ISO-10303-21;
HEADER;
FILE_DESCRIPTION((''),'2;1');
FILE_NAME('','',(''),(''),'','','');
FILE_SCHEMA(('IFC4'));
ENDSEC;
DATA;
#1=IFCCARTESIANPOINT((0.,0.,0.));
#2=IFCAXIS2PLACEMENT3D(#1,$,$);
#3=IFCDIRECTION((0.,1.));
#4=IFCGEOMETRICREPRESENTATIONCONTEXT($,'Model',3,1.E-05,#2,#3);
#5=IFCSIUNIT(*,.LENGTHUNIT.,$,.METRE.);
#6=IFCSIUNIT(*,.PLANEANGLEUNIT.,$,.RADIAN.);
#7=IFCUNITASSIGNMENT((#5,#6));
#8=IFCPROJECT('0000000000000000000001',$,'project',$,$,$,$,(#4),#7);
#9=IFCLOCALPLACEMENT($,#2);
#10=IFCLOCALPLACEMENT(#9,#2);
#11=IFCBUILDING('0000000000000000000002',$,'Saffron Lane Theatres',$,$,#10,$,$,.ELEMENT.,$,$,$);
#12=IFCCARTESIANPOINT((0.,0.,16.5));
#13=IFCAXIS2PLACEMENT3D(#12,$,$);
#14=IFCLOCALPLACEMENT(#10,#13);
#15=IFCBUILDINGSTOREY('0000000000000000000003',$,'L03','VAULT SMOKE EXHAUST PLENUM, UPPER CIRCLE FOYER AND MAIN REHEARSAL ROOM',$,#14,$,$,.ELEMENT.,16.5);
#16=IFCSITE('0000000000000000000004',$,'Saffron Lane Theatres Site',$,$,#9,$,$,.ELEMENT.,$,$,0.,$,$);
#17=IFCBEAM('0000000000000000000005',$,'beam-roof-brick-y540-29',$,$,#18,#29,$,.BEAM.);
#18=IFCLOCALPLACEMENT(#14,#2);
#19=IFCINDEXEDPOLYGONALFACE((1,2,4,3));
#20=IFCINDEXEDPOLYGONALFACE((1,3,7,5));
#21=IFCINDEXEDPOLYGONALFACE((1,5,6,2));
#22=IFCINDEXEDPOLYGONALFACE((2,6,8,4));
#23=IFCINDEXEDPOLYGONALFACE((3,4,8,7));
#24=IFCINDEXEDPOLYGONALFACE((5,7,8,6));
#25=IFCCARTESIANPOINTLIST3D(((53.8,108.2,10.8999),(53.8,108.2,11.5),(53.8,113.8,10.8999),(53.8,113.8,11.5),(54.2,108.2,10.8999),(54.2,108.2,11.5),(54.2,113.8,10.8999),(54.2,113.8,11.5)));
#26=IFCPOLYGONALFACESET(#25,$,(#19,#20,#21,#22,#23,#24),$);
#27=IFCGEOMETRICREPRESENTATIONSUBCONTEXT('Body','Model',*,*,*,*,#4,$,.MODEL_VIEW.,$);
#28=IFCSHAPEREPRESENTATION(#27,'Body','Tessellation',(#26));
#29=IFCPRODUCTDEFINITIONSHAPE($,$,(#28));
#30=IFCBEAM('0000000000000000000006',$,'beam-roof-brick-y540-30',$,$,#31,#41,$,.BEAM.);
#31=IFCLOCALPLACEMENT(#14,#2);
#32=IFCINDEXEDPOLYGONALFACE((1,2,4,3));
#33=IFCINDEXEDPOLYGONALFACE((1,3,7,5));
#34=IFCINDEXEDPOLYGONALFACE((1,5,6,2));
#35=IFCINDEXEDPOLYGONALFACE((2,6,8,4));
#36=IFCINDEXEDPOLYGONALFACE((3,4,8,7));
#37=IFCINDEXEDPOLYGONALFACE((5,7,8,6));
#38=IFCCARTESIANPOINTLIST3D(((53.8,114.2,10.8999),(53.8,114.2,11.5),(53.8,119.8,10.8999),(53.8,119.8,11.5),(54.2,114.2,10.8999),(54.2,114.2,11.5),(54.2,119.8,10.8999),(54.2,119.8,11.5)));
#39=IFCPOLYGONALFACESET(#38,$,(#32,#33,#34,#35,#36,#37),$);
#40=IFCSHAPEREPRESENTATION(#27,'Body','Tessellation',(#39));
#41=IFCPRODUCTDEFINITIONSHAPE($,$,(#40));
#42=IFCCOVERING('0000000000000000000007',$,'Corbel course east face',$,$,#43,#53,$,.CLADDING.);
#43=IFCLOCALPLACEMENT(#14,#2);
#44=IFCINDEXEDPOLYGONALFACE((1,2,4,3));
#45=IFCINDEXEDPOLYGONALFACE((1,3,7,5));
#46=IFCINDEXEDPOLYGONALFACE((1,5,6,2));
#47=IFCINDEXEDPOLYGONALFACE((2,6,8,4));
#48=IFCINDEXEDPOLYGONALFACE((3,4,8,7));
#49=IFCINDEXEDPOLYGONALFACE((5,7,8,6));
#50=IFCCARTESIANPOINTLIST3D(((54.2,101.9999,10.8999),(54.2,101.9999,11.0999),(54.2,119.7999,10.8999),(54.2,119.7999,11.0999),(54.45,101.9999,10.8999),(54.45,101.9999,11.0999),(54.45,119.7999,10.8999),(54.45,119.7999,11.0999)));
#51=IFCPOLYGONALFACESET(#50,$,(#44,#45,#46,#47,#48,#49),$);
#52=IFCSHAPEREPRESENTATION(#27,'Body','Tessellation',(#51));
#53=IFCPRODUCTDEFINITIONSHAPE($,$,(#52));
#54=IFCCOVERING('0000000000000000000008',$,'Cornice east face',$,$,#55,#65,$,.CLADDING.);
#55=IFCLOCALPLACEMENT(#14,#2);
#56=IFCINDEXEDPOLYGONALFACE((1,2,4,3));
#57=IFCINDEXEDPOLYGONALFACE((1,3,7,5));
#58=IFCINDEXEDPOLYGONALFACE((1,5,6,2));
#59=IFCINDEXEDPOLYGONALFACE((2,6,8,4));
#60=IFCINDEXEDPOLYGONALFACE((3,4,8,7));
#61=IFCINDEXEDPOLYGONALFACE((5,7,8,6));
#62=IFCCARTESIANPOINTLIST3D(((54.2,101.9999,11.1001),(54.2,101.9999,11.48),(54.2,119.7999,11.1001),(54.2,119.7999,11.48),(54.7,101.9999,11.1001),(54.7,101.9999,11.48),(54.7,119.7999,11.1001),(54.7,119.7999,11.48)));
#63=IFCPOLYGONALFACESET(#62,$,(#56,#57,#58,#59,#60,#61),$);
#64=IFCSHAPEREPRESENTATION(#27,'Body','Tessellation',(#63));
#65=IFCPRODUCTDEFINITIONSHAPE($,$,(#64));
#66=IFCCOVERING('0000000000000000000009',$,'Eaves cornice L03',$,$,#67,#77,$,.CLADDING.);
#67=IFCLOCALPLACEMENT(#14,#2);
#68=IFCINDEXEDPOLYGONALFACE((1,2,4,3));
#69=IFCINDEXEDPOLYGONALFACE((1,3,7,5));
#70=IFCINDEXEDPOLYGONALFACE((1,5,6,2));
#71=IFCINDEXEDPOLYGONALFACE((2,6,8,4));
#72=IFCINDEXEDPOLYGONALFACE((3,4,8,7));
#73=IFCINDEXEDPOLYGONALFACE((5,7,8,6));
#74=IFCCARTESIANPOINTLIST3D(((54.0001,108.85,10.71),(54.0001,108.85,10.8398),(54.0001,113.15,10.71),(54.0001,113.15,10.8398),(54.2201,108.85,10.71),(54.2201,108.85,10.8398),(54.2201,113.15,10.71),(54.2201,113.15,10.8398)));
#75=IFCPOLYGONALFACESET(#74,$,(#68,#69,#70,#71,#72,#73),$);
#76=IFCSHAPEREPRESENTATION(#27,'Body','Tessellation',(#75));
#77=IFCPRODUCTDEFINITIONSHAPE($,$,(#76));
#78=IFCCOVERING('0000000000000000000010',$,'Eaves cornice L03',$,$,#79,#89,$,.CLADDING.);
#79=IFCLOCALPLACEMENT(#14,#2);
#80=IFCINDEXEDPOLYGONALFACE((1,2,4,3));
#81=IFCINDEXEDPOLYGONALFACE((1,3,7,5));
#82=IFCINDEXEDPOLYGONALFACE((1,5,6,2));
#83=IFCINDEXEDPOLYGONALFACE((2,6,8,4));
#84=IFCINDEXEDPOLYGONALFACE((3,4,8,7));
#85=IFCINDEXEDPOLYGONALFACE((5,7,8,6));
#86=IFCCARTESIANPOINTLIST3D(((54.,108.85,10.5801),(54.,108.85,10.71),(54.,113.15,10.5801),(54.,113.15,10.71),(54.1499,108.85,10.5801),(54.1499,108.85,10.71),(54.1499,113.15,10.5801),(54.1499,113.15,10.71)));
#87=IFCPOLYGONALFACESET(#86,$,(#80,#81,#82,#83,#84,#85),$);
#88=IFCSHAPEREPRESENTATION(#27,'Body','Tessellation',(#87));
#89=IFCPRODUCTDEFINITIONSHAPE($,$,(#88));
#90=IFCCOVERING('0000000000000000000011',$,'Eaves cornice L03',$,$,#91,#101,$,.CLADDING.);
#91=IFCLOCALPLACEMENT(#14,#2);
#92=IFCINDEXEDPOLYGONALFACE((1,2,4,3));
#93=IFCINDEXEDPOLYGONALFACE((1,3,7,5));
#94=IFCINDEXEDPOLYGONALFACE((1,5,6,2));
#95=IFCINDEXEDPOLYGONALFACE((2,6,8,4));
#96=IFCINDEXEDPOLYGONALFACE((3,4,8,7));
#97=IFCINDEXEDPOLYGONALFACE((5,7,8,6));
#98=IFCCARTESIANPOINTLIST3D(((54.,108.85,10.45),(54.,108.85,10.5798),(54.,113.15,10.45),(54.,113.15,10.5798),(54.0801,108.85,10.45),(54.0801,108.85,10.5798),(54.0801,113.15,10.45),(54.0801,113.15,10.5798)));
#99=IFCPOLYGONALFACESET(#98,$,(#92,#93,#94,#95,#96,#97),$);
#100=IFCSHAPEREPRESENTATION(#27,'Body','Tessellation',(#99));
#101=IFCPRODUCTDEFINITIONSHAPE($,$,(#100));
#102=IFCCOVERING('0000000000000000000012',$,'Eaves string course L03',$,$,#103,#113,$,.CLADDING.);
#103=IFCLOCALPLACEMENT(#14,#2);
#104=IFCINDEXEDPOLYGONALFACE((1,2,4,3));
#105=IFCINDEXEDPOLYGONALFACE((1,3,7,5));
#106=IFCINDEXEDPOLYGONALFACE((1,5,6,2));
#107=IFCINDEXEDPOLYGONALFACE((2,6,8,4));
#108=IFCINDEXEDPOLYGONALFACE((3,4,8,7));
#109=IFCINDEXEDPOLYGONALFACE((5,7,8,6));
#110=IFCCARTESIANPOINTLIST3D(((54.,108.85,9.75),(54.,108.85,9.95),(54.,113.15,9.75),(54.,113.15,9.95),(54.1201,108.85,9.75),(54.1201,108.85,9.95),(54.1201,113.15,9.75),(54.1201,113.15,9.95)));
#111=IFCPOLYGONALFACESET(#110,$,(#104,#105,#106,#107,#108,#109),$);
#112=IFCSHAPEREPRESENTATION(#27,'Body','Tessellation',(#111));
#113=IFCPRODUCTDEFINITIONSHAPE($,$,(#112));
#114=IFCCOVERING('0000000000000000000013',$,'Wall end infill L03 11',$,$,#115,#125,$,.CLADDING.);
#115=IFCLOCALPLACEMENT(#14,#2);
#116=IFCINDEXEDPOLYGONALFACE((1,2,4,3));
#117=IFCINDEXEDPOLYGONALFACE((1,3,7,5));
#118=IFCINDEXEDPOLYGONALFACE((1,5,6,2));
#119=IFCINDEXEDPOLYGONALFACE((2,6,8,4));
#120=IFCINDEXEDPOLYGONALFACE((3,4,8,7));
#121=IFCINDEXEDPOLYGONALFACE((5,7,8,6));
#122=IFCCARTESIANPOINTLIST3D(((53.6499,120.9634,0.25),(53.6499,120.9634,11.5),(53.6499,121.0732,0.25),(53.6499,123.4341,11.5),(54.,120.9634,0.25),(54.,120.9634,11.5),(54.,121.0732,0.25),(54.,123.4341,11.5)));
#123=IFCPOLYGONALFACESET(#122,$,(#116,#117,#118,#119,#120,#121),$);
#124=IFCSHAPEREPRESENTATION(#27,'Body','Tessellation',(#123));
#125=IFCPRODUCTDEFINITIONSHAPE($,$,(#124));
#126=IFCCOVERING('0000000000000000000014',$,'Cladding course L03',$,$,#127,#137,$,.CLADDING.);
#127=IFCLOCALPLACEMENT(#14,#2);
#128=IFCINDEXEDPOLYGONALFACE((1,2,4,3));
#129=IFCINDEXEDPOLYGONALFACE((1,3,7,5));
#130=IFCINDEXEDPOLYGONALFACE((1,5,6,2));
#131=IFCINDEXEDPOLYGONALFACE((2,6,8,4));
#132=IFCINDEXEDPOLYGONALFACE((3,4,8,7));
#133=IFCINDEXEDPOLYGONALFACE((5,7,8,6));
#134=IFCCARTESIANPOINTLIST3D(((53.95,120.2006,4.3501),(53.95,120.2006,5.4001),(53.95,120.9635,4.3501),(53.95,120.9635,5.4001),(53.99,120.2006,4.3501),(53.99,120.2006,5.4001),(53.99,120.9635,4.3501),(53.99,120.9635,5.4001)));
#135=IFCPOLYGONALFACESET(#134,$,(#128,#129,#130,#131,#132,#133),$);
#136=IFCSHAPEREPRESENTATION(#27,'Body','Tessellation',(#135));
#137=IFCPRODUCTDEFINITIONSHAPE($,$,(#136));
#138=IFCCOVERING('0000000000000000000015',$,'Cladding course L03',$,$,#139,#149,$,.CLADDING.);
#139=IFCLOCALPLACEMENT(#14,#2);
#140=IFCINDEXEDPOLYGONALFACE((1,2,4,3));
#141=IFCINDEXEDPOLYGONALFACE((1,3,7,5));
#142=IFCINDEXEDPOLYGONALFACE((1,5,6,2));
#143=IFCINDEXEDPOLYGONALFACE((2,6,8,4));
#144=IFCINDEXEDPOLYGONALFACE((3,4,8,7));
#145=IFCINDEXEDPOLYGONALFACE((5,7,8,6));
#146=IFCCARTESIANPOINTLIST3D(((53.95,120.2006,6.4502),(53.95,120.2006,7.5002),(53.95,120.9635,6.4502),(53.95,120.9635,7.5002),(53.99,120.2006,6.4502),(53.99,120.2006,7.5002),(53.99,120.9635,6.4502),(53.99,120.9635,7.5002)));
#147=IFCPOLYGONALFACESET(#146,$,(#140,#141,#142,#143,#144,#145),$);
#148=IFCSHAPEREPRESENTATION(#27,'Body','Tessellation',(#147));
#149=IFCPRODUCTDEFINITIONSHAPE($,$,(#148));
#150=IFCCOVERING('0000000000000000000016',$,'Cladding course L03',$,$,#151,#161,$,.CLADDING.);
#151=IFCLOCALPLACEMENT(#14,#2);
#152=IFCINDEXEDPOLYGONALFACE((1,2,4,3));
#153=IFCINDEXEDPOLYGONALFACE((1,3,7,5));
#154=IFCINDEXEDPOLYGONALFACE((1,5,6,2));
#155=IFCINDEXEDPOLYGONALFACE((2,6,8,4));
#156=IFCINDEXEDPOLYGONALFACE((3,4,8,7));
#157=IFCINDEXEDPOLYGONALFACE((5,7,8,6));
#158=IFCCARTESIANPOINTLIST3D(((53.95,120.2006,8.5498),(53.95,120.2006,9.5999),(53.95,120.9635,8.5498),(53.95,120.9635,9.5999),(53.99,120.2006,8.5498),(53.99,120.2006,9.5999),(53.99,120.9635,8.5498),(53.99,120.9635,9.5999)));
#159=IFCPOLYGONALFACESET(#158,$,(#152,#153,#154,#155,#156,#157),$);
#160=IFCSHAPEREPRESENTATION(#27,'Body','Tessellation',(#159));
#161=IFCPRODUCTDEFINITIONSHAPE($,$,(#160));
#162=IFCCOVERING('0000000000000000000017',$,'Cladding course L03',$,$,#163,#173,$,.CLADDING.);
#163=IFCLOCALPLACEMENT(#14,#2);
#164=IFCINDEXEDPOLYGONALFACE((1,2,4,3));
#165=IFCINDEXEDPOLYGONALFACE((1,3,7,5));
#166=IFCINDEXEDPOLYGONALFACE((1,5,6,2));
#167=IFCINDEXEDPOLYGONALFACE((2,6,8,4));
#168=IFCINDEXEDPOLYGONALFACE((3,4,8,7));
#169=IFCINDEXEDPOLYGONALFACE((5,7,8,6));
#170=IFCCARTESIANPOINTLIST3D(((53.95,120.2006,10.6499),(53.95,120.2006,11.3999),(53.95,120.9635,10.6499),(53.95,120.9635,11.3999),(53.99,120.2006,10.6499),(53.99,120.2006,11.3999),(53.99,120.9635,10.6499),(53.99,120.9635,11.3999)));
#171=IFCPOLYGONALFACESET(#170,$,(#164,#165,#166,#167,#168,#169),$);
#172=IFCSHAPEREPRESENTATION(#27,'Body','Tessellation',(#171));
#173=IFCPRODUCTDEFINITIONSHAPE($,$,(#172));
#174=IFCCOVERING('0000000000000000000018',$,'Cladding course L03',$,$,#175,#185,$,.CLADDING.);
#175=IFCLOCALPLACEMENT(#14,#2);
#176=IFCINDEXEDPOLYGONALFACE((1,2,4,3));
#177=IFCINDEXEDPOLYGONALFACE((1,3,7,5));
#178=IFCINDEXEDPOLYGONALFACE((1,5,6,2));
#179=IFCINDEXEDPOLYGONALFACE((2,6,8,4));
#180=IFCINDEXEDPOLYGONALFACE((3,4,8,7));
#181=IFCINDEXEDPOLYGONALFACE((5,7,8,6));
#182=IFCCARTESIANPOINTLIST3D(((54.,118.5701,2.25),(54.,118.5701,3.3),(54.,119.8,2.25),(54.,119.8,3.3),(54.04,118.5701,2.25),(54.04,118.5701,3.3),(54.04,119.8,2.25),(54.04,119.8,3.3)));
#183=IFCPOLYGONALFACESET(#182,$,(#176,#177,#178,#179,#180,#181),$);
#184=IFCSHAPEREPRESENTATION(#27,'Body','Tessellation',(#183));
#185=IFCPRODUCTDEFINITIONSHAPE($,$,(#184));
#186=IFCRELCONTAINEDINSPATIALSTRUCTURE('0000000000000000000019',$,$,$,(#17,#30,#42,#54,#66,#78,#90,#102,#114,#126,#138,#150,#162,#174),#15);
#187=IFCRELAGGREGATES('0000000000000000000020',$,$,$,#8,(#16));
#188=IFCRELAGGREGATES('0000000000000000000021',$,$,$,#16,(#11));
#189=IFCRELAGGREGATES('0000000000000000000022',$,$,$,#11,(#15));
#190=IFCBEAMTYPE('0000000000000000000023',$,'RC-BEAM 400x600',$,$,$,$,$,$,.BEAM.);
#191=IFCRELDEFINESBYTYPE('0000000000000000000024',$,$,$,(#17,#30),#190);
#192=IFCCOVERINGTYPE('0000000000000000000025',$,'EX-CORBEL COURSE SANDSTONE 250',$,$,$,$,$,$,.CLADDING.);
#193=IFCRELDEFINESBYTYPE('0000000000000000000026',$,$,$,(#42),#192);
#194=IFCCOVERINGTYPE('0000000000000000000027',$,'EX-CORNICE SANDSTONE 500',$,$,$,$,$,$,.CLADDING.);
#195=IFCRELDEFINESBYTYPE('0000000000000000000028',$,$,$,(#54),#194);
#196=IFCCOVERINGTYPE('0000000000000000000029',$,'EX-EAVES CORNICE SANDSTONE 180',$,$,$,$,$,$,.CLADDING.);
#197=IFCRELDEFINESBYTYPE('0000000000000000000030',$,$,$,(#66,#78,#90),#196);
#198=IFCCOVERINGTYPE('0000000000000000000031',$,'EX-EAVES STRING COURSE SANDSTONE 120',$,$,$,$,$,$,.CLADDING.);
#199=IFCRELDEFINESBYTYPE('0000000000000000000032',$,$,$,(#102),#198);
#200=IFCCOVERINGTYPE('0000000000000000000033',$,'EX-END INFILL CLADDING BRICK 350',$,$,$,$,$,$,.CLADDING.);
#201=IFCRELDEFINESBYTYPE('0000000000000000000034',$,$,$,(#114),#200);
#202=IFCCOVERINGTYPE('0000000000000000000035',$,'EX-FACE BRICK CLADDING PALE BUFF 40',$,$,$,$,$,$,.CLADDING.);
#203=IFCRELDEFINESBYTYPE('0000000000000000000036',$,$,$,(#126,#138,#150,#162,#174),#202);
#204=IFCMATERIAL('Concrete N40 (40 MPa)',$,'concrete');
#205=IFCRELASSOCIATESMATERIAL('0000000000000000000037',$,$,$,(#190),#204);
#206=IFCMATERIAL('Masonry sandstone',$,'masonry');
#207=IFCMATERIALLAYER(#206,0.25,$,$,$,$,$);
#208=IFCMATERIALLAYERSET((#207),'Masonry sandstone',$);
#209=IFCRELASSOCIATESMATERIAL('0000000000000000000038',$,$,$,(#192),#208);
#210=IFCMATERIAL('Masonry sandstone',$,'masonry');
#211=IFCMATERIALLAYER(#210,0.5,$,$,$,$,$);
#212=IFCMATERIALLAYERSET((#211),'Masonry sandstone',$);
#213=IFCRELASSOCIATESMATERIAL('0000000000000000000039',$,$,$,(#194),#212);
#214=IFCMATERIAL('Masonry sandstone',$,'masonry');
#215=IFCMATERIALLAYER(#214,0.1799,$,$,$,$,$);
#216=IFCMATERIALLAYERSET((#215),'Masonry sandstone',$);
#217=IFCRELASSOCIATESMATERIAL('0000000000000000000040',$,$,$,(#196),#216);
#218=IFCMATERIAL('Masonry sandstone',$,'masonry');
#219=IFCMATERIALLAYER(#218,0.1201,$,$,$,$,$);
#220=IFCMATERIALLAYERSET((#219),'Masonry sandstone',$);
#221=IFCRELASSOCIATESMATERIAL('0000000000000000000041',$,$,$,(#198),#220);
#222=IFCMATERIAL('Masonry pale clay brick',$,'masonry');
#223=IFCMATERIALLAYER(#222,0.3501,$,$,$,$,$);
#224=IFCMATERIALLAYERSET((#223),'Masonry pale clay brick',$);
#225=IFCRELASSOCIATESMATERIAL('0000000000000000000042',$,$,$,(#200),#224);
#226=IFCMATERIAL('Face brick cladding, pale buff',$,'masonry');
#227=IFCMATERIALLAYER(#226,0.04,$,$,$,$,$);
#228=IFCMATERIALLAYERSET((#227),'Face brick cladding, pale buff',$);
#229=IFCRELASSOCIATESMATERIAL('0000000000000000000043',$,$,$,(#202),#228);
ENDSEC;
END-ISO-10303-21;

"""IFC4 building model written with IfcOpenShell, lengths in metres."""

from ifc_helpers import new_model, si_unit, direction, frame, origin, origin_2d, place, context, subcontext, project, spatial, polyline, rectangle, outline, extrude, material, layer, layer_set, material_profile, profile_set, type_object, element, save


model = new_model("IFC4")

# Units and contexts
model_context = context("Model", 3, precision=1e-05, world=origin(), true_north=direction((0.0, 1.0)))
body_context = subcontext(model_context, "Body", "Model", "MODEL_VIEW")
ifc_project = project(units=[si_unit("LENGTHUNIT", "METRE"), si_unit("PLANEANGLEUNIT", "RADIAN")], contexts=[model_context])

# Site, building, storey
site_placement = place(None, origin())
site = spatial("IfcSite", under=ifc_project, at=site_placement, Name="Saffron Lane Theatres Site", CompositionType="ELEMENT", RefElevation=0.0)
building_placement = place(site_placement, origin())
building = spatial("IfcBuilding", under=site, at=building_placement, Name="Saffron Lane Theatres", CompositionType="ELEMENT")
storey_placement = place(building_placement, frame((0.0, 0.0, 16.5)))
storey = spatial("IfcBuildingStorey", under=building, at=storey_placement, Name="L03", Description="VAULT SMOKE EXHAUST PLENUM, UPPER CIRCLE FOYER AND MAIN REHEARSAL ROOM", CompositionType="ELEMENT", Elevation=16.5)

# Beams
ifc_material_1 = material(Name="Concrete N40 (40 MPa)", Category="concrete")
ifc_material_profile = material_profile(ifc_material_1, rectangle(XDim=0.3999, YDim=0.6001, at=origin_2d()))
ifc_profile_set = profile_set([ifc_material_profile], Name="Concrete N40 (40 MPa)")
beam_type = type_object("IfcBeamType", Name="RC-BEAM 400x600", PredefinedType="BEAM", material=ifc_profile_set)
for number, where, z_axis, x_axis, name in (
    (1, (54.0, 108.2, 11.2), (0.0, 1.0, 0.0), (-1.0, 0.0, 0.0), "beam-roof-brick-y540-29"),
    (2, (54.0, 114.2, 11.2), (0.0, 1.0, 0.0), (-1.0, 0.0, 0.0), "beam-roof-brick-y540-30"),
):
    element("IfcBeam", number, at=place(storey_placement, frame(where, z_axis=z_axis, x_axis=x_axis)), inside=storey, type_object=beam_type, Name=name, PredefinedType="BEAM", context=body_context, shape_type="SweptSolid", body=[
        extrude(rectangle(XDim=0.3999, YDim=0.6001, at=origin_2d()), origin(), (0.0, 0.0, 1.0), 5.6001),
    ])

# Coverings
ifc_material_2 = material(Name="Masonry sandstone", Category="masonry")
ifc_layer_1 = layer(ifc_material_2, 0.25)
ifc_layer_set_1 = layer_set([ifc_layer_1], Name="Masonry sandstone")
covering_type_1 = type_object("IfcCoveringType", Name="EX-CORBEL COURSE SANDSTONE 250", PredefinedType="CLADDING", material=ifc_layer_set_1)
covering_1_placement = place(storey_placement, frame((54.325, 110.8999, 10.8999), z_axis=(0.0, 0.0, 1.0), x_axis=(0.0, 1.0, 0.0)))
element("IfcCovering", 3, at=covering_1_placement, inside=storey, type_object=covering_type_1, Name="Corbel course east face", PredefinedType="CLADDING", context=body_context, shape_type="SweptSolid", body=[
    extrude(rectangle(XDim=17.8, YDim=0.25, at=origin_2d()), origin(), (0.0, 0.0, 1.0), 0.2),
])
ifc_material_3 = material(Name="Masonry sandstone", Category="masonry")
ifc_layer_2 = layer(ifc_material_3, 0.5)
ifc_layer_set_2 = layer_set([ifc_layer_2], Name="Masonry sandstone")
covering_type_2 = type_object("IfcCoveringType", Name="EX-CORNICE SANDSTONE 500", PredefinedType="CLADDING", material=ifc_layer_set_2)
covering_2_placement = place(storey_placement, frame((54.45, 110.8999, 11.1001), z_axis=(0.0, 0.0, 1.0), x_axis=(0.0, 1.0, 0.0)))
element("IfcCovering", 4, at=covering_2_placement, inside=storey, type_object=covering_type_2, Name="Cornice east face", PredefinedType="CLADDING", context=body_context, shape_type="SweptSolid", body=[
    extrude(rectangle(XDim=17.8, YDim=0.5, at=origin_2d()), origin(), (0.0, 0.0, 1.0), 0.3799),
])
ifc_material_4 = material(Name="Masonry sandstone", Category="masonry")
ifc_layer_3 = layer(ifc_material_4, 0.1799)
ifc_layer_set_3 = layer_set([ifc_layer_3], Name="Masonry sandstone")
covering_type_3 = type_object("IfcCoveringType", Name="EX-EAVES CORNICE SANDSTONE 180", PredefinedType="CLADDING", material=ifc_layer_set_3)
covering_3_placement = place(storey_placement, frame((54.1101, 111.0, 10.71), z_axis=(0.0, 0.0, 1.0), x_axis=(0.0, -1.0, 0.0)))
element("IfcCovering", 5, at=covering_3_placement, inside=storey, type_object=covering_type_3, Name="Eaves cornice L03", PredefinedType="CLADDING", context=body_context, shape_type="SweptSolid", body=[
    extrude(rectangle(XDim=4.3, YDim=0.22, at=origin_2d()), origin(), (0.0, 0.0, 1.0), 0.1299),
])
covering_4_placement = place(storey_placement, frame((54.075, 111.0, 10.5801), z_axis=(0.0, 0.0, 1.0), x_axis=(0.0, -1.0, 0.0)))
element("IfcCovering", 6, at=covering_4_placement, inside=storey, type_object=covering_type_3, Name="Eaves cornice L03", PredefinedType="CLADDING", context=body_context, shape_type="SweptSolid", body=[
    extrude(rectangle(XDim=4.3, YDim=0.1499, at=origin_2d()), origin(), (0.0, 0.0, 1.0), 0.1299),
])
covering_5_placement = place(storey_placement, frame((54.04, 111.0, 10.45), z_axis=(0.0, 0.0, 1.0), x_axis=(0.0, -1.0, 0.0)))
element("IfcCovering", 7, at=covering_5_placement, inside=storey, type_object=covering_type_3, Name="Eaves cornice L03", PredefinedType="CLADDING", context=body_context, shape_type="SweptSolid", body=[
    extrude(rectangle(XDim=4.3, YDim=0.0801, at=origin_2d()), origin(), (0.0, 0.0, 1.0), 0.1299),
])
ifc_material_5 = material(Name="Masonry sandstone", Category="masonry")
ifc_layer_4 = layer(ifc_material_5, 0.1201)
ifc_layer_set_4 = layer_set([ifc_layer_4], Name="Masonry sandstone")
covering_type_4 = type_object("IfcCoveringType", Name="EX-EAVES STRING COURSE SANDSTONE 120", PredefinedType="CLADDING", material=ifc_layer_set_4)
covering_6_placement = place(storey_placement, frame((54.0601, 111.0, 9.75), z_axis=(0.0, 0.0, 1.0), x_axis=(0.0, -1.0, 0.0)))
element("IfcCovering", 8, at=covering_6_placement, inside=storey, type_object=covering_type_4, Name="Eaves string course L03", PredefinedType="CLADDING", context=body_context, shape_type="SweptSolid", body=[
    extrude(rectangle(XDim=4.3, YDim=0.1201, at=origin_2d()), origin(), (0.0, 0.0, 1.0), 0.2),
])
ifc_material_6 = material(Name="Masonry pale clay brick", Category="masonry")
ifc_layer_5 = layer(ifc_material_6, 0.3501)
ifc_layer_set_5 = layer_set([ifc_layer_5], Name="Masonry pale clay brick")
covering_type_5 = type_object("IfcCoveringType", Name="EX-END INFILL CLADDING BRICK 350", PredefinedType="CLADDING", material=ifc_layer_set_5)
covering_7_placement = place(storey_placement, frame((54.0, 120.9634, 11.5), z_axis=(1.0, 0.0, 0.0), x_axis=(0.0, 0.0, -1.0)))
element("IfcCovering", 9, at=covering_7_placement, inside=storey, type_object=covering_type_5, Name="Wall end infill L03 11", PredefinedType="CLADDING", context=body_context, shape_type="SweptSolid", body=[
    extrude(outline(polyline([(0.0, 0.0), (11.25, 0.0), (11.25, 0.1099), (0.0, 2.4707), (0.0, 0.0)])), origin(), (0.0, 0.0, -1.0), 0.3501),
])
ifc_material_7 = material(Name="Face brick cladding, pale buff", Category="masonry")
ifc_layer_6 = layer(ifc_material_7, 0.04)
ifc_layer_set_6 = layer_set([ifc_layer_6], Name="Face brick cladding, pale buff")
covering_type_6 = type_object("IfcCoveringType", Name="EX-FACE BRICK CLADDING PALE BUFF 40", PredefinedType="CLADDING", material=ifc_layer_set_6)
for number, where, z_axis, x_axis, name in (
    (10, (53.97, 120.582, 4.3501), (0.0, 0.0, 1.0), (0.0, -1.0, 0.0), "Cladding course L03"),
    (11, (53.97, 120.582, 6.4502), (0.0, 0.0, 1.0), (0.0, -1.0, 0.0), "Cladding course L03"),
    (12, (53.97, 120.582, 8.5498), (0.0, 0.0, 1.0), (0.0, -1.0, 0.0), "Cladding course L03"),
):
    element("IfcCovering", number, at=place(storey_placement, frame(where, z_axis=z_axis, x_axis=x_axis)), inside=storey, type_object=covering_type_6, Name=name, PredefinedType="CLADDING", context=body_context, shape_type="SweptSolid", body=[
        extrude(rectangle(XDim=0.7629, YDim=0.04, at=origin_2d()), origin(), (0.0, 0.0, 1.0), 1.05),
    ])
covering_8_placement = place(storey_placement, frame((53.97, 120.582, 10.6499), z_axis=(0.0, 0.0, 1.0), x_axis=(0.0, -1.0, 0.0)))
element("IfcCovering", 13, at=covering_8_placement, inside=storey, type_object=covering_type_6, Name="Cladding course L03", PredefinedType="CLADDING", context=body_context, shape_type="SweptSolid", body=[
    extrude(rectangle(XDim=0.7629, YDim=0.04, at=origin_2d()), origin(), (0.0, 0.0, 1.0), 0.75),
])
covering_9_placement = place(storey_placement, frame((54.02, 119.1851, 2.25), z_axis=(0.0, 0.0, 1.0), x_axis=(0.0, -1.0, 0.0)))
element("IfcCovering", 14, at=covering_9_placement, inside=storey, type_object=covering_type_6, Name="Cladding course L03", PredefinedType="CLADDING", context=body_context, shape_type="SweptSolid", body=[
    extrude(rectangle(XDim=1.23, YDim=0.04, at=origin_2d()), origin(), (0.0, 0.0, 1.0), 1.05),
])

save(model, "model.ifc")
